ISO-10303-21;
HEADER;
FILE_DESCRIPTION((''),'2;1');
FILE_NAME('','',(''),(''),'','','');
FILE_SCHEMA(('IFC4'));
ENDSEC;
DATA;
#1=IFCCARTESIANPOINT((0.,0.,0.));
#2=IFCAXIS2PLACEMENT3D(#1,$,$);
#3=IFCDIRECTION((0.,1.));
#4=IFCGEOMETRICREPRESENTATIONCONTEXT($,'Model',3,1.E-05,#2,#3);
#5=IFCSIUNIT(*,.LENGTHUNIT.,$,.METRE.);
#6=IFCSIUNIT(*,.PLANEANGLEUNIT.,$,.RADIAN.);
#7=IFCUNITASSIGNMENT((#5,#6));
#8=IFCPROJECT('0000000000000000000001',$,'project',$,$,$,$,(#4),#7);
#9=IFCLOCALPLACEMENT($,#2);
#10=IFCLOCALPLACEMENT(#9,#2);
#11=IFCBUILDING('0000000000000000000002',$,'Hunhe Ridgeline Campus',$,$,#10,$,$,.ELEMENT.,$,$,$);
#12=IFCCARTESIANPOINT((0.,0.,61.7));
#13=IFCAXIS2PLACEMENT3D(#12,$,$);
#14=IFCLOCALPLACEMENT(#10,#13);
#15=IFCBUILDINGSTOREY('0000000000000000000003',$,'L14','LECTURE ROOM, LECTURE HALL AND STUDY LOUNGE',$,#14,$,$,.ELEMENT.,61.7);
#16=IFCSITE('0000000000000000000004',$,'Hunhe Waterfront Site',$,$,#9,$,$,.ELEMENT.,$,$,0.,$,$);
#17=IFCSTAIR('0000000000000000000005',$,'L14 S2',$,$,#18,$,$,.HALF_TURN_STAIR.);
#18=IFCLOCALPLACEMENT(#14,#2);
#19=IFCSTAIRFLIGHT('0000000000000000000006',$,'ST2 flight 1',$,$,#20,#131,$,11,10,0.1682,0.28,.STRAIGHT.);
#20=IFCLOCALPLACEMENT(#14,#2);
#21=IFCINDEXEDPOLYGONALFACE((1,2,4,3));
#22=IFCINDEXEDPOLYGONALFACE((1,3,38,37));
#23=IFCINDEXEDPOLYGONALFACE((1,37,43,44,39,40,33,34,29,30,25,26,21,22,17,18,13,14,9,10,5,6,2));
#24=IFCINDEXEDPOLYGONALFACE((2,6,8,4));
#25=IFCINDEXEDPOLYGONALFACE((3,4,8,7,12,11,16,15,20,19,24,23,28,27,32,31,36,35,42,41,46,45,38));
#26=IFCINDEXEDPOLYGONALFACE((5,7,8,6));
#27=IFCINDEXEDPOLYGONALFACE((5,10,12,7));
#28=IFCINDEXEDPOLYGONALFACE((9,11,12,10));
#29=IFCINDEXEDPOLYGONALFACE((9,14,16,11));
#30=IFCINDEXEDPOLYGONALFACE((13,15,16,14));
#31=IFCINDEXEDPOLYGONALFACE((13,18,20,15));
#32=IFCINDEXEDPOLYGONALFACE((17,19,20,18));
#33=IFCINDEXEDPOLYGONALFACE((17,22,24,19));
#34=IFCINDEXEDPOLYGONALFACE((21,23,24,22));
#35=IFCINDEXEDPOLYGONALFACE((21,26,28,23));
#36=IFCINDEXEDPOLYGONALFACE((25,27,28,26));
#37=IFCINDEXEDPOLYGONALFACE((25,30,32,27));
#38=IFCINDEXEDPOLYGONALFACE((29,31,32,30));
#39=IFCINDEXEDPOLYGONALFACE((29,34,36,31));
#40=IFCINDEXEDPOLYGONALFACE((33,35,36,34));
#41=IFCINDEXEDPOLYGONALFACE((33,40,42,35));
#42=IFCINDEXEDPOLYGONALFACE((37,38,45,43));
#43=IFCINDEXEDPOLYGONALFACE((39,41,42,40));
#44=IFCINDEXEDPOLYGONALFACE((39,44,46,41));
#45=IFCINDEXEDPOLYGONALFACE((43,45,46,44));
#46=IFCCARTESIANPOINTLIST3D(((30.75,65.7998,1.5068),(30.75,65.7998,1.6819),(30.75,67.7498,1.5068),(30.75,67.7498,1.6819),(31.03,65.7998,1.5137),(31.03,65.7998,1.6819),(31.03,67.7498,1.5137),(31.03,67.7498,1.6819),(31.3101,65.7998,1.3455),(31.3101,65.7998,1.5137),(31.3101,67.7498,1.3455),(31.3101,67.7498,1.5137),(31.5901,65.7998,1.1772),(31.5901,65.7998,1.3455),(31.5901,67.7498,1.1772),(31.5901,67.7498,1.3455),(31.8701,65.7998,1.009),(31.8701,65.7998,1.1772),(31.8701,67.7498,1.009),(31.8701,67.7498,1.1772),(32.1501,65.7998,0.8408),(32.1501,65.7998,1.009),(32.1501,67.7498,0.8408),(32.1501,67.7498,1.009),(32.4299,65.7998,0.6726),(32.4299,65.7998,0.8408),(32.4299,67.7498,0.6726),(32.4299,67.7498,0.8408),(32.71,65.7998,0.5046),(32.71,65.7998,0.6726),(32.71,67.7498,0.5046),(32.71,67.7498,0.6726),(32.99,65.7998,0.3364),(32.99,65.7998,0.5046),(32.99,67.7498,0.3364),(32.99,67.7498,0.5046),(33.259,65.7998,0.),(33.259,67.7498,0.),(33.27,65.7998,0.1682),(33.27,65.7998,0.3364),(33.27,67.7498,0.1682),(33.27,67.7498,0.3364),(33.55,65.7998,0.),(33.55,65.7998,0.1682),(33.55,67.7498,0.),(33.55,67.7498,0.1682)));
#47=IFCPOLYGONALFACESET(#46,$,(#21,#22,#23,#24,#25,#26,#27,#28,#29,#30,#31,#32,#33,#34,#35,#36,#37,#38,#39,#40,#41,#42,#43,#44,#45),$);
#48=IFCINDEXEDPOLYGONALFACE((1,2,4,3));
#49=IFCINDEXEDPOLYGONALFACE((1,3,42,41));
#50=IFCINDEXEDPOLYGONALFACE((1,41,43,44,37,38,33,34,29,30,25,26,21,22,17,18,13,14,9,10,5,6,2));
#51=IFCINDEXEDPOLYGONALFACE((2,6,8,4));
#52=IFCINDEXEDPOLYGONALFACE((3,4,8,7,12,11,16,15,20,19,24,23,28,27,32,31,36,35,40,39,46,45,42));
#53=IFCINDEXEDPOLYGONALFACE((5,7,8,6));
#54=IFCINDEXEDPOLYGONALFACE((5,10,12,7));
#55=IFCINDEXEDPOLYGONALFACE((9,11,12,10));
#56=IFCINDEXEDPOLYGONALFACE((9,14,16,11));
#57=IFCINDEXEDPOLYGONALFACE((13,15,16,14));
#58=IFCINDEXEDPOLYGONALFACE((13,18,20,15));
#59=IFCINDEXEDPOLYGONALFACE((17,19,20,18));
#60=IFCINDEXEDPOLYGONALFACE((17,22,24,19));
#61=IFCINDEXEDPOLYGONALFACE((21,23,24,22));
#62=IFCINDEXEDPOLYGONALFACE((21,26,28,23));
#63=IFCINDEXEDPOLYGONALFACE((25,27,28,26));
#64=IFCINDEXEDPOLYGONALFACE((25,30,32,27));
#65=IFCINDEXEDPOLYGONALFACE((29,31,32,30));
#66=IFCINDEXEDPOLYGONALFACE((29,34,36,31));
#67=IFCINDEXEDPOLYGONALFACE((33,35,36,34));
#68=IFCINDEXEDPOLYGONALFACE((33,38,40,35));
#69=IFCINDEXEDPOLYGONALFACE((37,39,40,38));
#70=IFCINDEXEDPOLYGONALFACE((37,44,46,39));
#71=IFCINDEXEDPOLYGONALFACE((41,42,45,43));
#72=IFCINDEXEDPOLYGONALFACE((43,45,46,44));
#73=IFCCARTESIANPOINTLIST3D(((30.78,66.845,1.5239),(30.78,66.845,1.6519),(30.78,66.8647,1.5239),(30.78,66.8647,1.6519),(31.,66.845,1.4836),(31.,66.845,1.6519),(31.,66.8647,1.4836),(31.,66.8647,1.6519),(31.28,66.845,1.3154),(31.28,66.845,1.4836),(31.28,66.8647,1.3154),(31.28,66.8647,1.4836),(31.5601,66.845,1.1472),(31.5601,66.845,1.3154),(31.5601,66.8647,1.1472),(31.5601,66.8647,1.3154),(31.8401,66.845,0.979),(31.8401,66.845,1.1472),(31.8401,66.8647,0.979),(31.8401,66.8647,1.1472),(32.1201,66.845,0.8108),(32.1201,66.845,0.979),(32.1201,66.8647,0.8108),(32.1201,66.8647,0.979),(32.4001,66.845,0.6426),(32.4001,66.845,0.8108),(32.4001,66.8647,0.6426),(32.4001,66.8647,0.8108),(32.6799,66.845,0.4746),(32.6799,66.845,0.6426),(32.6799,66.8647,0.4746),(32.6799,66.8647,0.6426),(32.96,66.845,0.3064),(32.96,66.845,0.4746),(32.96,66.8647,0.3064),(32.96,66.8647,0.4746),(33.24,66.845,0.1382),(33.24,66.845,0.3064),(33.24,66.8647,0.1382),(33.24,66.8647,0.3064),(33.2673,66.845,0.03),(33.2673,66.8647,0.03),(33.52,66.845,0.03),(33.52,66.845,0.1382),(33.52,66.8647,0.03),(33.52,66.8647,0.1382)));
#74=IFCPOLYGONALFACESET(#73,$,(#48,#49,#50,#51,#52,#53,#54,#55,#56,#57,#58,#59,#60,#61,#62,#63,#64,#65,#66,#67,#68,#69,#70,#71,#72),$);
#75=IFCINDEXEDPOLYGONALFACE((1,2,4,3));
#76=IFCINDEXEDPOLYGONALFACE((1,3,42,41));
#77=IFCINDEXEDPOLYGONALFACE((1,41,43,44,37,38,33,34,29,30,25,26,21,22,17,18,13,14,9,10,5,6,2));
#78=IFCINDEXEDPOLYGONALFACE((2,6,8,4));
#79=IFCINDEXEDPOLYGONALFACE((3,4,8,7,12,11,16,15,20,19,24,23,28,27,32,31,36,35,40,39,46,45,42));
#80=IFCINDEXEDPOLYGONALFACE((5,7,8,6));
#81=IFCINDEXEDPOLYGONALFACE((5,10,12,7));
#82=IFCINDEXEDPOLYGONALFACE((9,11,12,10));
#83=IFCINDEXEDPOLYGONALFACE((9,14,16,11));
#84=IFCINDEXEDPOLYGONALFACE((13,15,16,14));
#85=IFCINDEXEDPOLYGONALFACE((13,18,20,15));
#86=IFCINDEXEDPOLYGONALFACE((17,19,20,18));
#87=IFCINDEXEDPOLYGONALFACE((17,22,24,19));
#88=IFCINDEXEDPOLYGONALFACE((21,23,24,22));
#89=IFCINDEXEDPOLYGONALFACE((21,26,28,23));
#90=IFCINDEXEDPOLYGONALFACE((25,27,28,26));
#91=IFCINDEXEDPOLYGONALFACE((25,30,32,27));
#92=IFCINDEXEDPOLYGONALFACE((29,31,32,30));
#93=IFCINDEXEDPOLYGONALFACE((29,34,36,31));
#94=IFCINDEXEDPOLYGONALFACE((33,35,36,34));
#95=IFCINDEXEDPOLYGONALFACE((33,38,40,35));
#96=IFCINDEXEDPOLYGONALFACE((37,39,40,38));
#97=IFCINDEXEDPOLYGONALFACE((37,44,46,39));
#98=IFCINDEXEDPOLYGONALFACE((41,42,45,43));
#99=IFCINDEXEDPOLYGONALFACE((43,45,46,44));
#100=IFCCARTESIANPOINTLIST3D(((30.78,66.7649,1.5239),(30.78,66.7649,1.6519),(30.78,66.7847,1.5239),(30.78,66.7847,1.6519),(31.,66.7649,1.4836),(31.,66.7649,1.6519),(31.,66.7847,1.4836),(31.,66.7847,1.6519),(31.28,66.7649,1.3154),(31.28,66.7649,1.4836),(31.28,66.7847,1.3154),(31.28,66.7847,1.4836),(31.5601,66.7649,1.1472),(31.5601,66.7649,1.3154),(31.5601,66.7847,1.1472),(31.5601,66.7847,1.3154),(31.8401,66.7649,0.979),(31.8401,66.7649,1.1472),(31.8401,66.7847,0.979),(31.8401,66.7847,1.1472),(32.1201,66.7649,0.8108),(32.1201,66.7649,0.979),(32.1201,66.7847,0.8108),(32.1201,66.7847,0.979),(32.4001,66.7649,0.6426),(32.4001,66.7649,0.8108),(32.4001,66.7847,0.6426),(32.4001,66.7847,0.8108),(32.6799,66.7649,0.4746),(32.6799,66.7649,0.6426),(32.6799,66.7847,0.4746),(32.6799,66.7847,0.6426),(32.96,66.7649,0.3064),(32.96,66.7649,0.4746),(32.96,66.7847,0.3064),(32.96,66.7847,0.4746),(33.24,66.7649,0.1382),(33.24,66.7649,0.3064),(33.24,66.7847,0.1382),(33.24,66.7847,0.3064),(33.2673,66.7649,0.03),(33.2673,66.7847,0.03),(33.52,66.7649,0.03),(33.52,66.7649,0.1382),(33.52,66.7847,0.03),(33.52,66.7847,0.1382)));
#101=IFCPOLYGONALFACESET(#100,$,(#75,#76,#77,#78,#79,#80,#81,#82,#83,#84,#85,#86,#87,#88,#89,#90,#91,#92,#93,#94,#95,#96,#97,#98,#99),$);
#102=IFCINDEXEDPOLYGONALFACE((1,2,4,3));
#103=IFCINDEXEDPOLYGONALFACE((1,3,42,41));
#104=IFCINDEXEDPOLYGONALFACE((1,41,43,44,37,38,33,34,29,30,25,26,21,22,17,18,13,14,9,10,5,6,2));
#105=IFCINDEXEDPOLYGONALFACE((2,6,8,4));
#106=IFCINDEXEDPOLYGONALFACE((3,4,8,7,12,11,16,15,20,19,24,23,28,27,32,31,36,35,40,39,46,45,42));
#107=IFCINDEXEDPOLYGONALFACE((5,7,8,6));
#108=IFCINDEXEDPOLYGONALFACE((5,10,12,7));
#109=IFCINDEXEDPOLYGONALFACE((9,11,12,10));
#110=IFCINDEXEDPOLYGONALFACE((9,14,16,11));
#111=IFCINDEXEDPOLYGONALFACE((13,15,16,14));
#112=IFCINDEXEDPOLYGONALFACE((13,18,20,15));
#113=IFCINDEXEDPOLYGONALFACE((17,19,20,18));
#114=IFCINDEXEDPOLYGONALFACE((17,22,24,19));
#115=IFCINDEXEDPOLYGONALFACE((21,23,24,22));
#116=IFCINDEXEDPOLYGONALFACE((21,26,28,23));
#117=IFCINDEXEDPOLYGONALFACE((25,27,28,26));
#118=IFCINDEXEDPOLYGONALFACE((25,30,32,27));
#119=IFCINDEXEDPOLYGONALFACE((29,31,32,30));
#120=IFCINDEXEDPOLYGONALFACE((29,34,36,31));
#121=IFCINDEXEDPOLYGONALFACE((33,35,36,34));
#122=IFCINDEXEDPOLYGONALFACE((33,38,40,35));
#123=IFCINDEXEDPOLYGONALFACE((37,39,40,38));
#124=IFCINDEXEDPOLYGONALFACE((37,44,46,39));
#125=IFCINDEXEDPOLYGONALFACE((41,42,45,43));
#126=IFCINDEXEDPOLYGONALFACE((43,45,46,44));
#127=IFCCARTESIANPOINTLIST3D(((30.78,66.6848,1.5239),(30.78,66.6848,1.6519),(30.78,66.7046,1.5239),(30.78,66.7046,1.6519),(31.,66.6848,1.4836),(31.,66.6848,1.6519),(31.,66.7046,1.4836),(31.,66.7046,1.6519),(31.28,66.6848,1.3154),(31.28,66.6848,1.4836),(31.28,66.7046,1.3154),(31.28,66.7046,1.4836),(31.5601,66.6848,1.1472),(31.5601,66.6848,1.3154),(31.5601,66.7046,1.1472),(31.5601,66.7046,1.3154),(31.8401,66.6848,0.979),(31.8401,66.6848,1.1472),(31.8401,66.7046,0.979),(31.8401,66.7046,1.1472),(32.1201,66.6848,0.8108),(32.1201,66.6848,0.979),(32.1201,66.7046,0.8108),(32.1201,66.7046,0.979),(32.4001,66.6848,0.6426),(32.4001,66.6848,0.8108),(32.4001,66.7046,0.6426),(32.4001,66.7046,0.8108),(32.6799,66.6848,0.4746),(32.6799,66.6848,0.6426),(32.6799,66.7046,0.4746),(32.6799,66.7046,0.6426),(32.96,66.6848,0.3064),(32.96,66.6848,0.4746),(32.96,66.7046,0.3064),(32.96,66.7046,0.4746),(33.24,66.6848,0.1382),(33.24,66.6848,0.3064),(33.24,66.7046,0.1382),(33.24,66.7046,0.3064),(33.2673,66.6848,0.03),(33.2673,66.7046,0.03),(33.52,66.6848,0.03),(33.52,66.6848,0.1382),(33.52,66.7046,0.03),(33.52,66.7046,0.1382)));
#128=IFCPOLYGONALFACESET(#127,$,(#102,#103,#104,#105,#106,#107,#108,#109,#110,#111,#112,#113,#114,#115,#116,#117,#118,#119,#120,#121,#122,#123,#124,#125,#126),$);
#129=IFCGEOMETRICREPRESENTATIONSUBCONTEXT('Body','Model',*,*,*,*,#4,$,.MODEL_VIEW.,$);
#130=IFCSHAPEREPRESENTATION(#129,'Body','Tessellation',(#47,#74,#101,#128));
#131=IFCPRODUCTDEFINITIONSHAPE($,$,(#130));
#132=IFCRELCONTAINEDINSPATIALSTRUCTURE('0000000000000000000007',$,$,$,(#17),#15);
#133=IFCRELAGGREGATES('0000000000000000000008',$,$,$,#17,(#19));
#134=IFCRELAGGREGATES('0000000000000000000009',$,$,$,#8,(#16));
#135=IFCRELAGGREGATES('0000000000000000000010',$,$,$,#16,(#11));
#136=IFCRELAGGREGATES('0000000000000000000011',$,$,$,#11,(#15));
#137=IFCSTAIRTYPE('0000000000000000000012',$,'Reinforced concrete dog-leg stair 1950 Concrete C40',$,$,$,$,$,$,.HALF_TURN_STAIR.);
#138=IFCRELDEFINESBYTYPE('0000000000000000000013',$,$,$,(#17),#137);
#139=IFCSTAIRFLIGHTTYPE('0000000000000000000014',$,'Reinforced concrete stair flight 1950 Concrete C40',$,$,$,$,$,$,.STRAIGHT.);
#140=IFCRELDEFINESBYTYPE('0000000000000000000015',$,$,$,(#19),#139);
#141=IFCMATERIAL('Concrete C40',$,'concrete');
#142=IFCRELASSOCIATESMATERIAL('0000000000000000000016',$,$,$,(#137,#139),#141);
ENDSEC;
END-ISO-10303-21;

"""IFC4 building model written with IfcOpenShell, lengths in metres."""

from ifc_helpers import new_model, si_unit, direction, frame, origin, place, context, subcontext, project, spatial, polyline, outline, extrude, material, type_object, element, aggregate, save


model = new_model("IFC4")

# Units and contexts
model_context = context("Model", 3, precision=1e-05, world=origin(), true_north=direction((0.0, 1.0)))
body_context = subcontext(model_context, "Body", "Model", "MODEL_VIEW")
ifc_project = project(units=[si_unit("LENGTHUNIT", "METRE"), si_unit("PLANEANGLEUNIT", "RADIAN")], contexts=[model_context])

# Site, building, storey
site_placement = place(None, origin())
site = spatial("IfcSite", under=ifc_project, at=site_placement, Name="Hunhe Waterfront Site", CompositionType="ELEMENT", RefElevation=0.0)
building_placement = place(site_placement, origin())
building = spatial("IfcBuilding", under=site, at=building_placement, Name="Hunhe Ridgeline Campus", CompositionType="ELEMENT")
storey_placement = place(building_placement, frame((0.0, 0.0, 61.7)))
storey = spatial("IfcBuildingStorey", under=building, at=storey_placement, Name="L14", Description="LECTURE ROOM, LECTURE HALL AND STUDY LOUNGE", CompositionType="ELEMENT", Elevation=61.7)

# Stair, stair flight
ifc_material_1 = material(Name="Concrete C40", Category="concrete")
stair_type = type_object("IfcStairType", Name="Reinforced concrete dog-leg stair 1950 Concrete C40", PredefinedType="HALF_TURN_STAIR", material=ifc_material_1)
stair_placement = place(storey_placement, origin())
stair = element("IfcStair", 1, at=stair_placement, inside=storey, type_object=stair_type, Name="L14 S2", PredefinedType="HALF_TURN_STAIR")
stair_flight_type = type_object("IfcStairFlightType", Name="Reinforced concrete stair flight 1950 Concrete C40", PredefinedType="STRAIGHT", material=ifc_material_1)
stair_flight_1_placement = place(storey_placement, frame((33.55, 66.7749, 0.0), z_axis=(0.0, 0.0, 1.0), x_axis=(-1.0, 0.0, 0.0)))
stair_flight_1 = element("IfcStairFlight", 2, at=stair_flight_1_placement, type_object=stair_flight_type, Name="ST2 flight 1", NumberOfRisers=11, NumberOfTreads=10, PredefinedType="STRAIGHT", RiserHeight=0.1682, TreadLength=0.28, context=body_context, shape_type="SweptSolid", body=[
    extrude(outline(polyline([(0.0, 0.0), (0.0, 0.1682), (0.28, 0.1682), (0.28, 0.3364), (0.5601, 0.3364), (0.5601, 0.5046), (0.8401, 0.5046), (0.8401, 0.6726), (1.1201, 0.6726), (1.1201, 0.8408), (1.3999, 0.8408), (1.3999, 1.009), (1.6799, 1.009), (1.6799, 1.1772), (1.96, 1.1772), (1.96, 1.3455), (2.24, 1.3455), (2.24, 1.5137), (2.52, 1.5137), (2.52, 1.6819), (2.8, 1.6819), (2.8, 1.8501), (2.8, 1.5068), (0.291, 0.0), (0.0, 0.0)])), frame((0.0, 0.9751, 0.0), z_axis=(0.0, -1.0, 0.0), x_axis=(1.0, 0.0, 0.0)), (0.0, 0.0, 1.0), 1.95),
    extrude(outline(polyline([(0.03, 0.03), (0.03, 0.1382), (0.3101, 0.1382), (0.3101, 0.3064), (0.5901, 0.3064), (0.5901, 0.4746), (0.8701, 0.4746), (0.8701, 0.6426), (1.1499, 0.6426), (1.1499, 0.8108), (1.4299, 0.8108), (1.4299, 0.979), (1.71, 0.979), (1.71, 1.1472), (1.99, 1.1472), (1.99, 1.3154), (2.27, 1.3154), (2.27, 1.4836), (2.55, 1.4836), (2.55, 1.6519), (2.77, 1.6519), (2.77, 1.5239), (0.2827, 0.03), (0.03, 0.03)])), frame((0.0, -0.0701, 0.0), z_axis=(0.0, -1.0, 0.0), x_axis=(1.0, 0.0, 0.0)), (0.0, 0.0, 1.0), 0.0198),
    extrude(outline(polyline([(0.03, 0.03), (0.03, 0.1382), (0.3101, 0.1382), (0.3101, 0.3064), (0.5901, 0.3064), (0.5901, 0.4746), (0.8701, 0.4746), (0.8701, 0.6426), (1.1499, 0.6426), (1.1499, 0.8108), (1.4299, 0.8108), (1.4299, 0.979), (1.71, 0.979), (1.71, 1.1472), (1.99, 1.1472), (1.99, 1.3154), (2.27, 1.3154), (2.27, 1.4836), (2.55, 1.4836), (2.55, 1.6519), (2.77, 1.6519), (2.77, 1.5239), (0.2827, 0.03), (0.03, 0.03)])), frame((0.0, 0.01, 0.0), z_axis=(0.0, -1.0, 0.0), x_axis=(1.0, 0.0, 0.0)), (0.0, 0.0, 1.0), 0.0198),
    extrude(outline(polyline([(0.03, 0.03), (0.03, 0.1382), (0.3101, 0.1382), (0.3101, 0.3064), (0.5901, 0.3064), (0.5901, 0.4746), (0.8701, 0.4746), (0.8701, 0.6426), (1.1499, 0.6426), (1.1499, 0.8108), (1.4299, 0.8108), (1.4299, 0.979), (1.71, 0.979), (1.71, 1.1472), (1.99, 1.1472), (1.99, 1.3154), (2.27, 1.3154), (2.27, 1.4836), (2.55, 1.4836), (2.55, 1.6519), (2.77, 1.6519), (2.77, 1.5239), (0.2827, 0.03), (0.03, 0.03)])), frame((0.0, 0.0901, 0.0), z_axis=(0.0, -1.0, 0.0), x_axis=(1.0, 0.0, 0.0)), (0.0, 0.0, 1.0), 0.0198),
])
aggregate(stair, [stair_flight_1])

save(model, "model.ifc")
